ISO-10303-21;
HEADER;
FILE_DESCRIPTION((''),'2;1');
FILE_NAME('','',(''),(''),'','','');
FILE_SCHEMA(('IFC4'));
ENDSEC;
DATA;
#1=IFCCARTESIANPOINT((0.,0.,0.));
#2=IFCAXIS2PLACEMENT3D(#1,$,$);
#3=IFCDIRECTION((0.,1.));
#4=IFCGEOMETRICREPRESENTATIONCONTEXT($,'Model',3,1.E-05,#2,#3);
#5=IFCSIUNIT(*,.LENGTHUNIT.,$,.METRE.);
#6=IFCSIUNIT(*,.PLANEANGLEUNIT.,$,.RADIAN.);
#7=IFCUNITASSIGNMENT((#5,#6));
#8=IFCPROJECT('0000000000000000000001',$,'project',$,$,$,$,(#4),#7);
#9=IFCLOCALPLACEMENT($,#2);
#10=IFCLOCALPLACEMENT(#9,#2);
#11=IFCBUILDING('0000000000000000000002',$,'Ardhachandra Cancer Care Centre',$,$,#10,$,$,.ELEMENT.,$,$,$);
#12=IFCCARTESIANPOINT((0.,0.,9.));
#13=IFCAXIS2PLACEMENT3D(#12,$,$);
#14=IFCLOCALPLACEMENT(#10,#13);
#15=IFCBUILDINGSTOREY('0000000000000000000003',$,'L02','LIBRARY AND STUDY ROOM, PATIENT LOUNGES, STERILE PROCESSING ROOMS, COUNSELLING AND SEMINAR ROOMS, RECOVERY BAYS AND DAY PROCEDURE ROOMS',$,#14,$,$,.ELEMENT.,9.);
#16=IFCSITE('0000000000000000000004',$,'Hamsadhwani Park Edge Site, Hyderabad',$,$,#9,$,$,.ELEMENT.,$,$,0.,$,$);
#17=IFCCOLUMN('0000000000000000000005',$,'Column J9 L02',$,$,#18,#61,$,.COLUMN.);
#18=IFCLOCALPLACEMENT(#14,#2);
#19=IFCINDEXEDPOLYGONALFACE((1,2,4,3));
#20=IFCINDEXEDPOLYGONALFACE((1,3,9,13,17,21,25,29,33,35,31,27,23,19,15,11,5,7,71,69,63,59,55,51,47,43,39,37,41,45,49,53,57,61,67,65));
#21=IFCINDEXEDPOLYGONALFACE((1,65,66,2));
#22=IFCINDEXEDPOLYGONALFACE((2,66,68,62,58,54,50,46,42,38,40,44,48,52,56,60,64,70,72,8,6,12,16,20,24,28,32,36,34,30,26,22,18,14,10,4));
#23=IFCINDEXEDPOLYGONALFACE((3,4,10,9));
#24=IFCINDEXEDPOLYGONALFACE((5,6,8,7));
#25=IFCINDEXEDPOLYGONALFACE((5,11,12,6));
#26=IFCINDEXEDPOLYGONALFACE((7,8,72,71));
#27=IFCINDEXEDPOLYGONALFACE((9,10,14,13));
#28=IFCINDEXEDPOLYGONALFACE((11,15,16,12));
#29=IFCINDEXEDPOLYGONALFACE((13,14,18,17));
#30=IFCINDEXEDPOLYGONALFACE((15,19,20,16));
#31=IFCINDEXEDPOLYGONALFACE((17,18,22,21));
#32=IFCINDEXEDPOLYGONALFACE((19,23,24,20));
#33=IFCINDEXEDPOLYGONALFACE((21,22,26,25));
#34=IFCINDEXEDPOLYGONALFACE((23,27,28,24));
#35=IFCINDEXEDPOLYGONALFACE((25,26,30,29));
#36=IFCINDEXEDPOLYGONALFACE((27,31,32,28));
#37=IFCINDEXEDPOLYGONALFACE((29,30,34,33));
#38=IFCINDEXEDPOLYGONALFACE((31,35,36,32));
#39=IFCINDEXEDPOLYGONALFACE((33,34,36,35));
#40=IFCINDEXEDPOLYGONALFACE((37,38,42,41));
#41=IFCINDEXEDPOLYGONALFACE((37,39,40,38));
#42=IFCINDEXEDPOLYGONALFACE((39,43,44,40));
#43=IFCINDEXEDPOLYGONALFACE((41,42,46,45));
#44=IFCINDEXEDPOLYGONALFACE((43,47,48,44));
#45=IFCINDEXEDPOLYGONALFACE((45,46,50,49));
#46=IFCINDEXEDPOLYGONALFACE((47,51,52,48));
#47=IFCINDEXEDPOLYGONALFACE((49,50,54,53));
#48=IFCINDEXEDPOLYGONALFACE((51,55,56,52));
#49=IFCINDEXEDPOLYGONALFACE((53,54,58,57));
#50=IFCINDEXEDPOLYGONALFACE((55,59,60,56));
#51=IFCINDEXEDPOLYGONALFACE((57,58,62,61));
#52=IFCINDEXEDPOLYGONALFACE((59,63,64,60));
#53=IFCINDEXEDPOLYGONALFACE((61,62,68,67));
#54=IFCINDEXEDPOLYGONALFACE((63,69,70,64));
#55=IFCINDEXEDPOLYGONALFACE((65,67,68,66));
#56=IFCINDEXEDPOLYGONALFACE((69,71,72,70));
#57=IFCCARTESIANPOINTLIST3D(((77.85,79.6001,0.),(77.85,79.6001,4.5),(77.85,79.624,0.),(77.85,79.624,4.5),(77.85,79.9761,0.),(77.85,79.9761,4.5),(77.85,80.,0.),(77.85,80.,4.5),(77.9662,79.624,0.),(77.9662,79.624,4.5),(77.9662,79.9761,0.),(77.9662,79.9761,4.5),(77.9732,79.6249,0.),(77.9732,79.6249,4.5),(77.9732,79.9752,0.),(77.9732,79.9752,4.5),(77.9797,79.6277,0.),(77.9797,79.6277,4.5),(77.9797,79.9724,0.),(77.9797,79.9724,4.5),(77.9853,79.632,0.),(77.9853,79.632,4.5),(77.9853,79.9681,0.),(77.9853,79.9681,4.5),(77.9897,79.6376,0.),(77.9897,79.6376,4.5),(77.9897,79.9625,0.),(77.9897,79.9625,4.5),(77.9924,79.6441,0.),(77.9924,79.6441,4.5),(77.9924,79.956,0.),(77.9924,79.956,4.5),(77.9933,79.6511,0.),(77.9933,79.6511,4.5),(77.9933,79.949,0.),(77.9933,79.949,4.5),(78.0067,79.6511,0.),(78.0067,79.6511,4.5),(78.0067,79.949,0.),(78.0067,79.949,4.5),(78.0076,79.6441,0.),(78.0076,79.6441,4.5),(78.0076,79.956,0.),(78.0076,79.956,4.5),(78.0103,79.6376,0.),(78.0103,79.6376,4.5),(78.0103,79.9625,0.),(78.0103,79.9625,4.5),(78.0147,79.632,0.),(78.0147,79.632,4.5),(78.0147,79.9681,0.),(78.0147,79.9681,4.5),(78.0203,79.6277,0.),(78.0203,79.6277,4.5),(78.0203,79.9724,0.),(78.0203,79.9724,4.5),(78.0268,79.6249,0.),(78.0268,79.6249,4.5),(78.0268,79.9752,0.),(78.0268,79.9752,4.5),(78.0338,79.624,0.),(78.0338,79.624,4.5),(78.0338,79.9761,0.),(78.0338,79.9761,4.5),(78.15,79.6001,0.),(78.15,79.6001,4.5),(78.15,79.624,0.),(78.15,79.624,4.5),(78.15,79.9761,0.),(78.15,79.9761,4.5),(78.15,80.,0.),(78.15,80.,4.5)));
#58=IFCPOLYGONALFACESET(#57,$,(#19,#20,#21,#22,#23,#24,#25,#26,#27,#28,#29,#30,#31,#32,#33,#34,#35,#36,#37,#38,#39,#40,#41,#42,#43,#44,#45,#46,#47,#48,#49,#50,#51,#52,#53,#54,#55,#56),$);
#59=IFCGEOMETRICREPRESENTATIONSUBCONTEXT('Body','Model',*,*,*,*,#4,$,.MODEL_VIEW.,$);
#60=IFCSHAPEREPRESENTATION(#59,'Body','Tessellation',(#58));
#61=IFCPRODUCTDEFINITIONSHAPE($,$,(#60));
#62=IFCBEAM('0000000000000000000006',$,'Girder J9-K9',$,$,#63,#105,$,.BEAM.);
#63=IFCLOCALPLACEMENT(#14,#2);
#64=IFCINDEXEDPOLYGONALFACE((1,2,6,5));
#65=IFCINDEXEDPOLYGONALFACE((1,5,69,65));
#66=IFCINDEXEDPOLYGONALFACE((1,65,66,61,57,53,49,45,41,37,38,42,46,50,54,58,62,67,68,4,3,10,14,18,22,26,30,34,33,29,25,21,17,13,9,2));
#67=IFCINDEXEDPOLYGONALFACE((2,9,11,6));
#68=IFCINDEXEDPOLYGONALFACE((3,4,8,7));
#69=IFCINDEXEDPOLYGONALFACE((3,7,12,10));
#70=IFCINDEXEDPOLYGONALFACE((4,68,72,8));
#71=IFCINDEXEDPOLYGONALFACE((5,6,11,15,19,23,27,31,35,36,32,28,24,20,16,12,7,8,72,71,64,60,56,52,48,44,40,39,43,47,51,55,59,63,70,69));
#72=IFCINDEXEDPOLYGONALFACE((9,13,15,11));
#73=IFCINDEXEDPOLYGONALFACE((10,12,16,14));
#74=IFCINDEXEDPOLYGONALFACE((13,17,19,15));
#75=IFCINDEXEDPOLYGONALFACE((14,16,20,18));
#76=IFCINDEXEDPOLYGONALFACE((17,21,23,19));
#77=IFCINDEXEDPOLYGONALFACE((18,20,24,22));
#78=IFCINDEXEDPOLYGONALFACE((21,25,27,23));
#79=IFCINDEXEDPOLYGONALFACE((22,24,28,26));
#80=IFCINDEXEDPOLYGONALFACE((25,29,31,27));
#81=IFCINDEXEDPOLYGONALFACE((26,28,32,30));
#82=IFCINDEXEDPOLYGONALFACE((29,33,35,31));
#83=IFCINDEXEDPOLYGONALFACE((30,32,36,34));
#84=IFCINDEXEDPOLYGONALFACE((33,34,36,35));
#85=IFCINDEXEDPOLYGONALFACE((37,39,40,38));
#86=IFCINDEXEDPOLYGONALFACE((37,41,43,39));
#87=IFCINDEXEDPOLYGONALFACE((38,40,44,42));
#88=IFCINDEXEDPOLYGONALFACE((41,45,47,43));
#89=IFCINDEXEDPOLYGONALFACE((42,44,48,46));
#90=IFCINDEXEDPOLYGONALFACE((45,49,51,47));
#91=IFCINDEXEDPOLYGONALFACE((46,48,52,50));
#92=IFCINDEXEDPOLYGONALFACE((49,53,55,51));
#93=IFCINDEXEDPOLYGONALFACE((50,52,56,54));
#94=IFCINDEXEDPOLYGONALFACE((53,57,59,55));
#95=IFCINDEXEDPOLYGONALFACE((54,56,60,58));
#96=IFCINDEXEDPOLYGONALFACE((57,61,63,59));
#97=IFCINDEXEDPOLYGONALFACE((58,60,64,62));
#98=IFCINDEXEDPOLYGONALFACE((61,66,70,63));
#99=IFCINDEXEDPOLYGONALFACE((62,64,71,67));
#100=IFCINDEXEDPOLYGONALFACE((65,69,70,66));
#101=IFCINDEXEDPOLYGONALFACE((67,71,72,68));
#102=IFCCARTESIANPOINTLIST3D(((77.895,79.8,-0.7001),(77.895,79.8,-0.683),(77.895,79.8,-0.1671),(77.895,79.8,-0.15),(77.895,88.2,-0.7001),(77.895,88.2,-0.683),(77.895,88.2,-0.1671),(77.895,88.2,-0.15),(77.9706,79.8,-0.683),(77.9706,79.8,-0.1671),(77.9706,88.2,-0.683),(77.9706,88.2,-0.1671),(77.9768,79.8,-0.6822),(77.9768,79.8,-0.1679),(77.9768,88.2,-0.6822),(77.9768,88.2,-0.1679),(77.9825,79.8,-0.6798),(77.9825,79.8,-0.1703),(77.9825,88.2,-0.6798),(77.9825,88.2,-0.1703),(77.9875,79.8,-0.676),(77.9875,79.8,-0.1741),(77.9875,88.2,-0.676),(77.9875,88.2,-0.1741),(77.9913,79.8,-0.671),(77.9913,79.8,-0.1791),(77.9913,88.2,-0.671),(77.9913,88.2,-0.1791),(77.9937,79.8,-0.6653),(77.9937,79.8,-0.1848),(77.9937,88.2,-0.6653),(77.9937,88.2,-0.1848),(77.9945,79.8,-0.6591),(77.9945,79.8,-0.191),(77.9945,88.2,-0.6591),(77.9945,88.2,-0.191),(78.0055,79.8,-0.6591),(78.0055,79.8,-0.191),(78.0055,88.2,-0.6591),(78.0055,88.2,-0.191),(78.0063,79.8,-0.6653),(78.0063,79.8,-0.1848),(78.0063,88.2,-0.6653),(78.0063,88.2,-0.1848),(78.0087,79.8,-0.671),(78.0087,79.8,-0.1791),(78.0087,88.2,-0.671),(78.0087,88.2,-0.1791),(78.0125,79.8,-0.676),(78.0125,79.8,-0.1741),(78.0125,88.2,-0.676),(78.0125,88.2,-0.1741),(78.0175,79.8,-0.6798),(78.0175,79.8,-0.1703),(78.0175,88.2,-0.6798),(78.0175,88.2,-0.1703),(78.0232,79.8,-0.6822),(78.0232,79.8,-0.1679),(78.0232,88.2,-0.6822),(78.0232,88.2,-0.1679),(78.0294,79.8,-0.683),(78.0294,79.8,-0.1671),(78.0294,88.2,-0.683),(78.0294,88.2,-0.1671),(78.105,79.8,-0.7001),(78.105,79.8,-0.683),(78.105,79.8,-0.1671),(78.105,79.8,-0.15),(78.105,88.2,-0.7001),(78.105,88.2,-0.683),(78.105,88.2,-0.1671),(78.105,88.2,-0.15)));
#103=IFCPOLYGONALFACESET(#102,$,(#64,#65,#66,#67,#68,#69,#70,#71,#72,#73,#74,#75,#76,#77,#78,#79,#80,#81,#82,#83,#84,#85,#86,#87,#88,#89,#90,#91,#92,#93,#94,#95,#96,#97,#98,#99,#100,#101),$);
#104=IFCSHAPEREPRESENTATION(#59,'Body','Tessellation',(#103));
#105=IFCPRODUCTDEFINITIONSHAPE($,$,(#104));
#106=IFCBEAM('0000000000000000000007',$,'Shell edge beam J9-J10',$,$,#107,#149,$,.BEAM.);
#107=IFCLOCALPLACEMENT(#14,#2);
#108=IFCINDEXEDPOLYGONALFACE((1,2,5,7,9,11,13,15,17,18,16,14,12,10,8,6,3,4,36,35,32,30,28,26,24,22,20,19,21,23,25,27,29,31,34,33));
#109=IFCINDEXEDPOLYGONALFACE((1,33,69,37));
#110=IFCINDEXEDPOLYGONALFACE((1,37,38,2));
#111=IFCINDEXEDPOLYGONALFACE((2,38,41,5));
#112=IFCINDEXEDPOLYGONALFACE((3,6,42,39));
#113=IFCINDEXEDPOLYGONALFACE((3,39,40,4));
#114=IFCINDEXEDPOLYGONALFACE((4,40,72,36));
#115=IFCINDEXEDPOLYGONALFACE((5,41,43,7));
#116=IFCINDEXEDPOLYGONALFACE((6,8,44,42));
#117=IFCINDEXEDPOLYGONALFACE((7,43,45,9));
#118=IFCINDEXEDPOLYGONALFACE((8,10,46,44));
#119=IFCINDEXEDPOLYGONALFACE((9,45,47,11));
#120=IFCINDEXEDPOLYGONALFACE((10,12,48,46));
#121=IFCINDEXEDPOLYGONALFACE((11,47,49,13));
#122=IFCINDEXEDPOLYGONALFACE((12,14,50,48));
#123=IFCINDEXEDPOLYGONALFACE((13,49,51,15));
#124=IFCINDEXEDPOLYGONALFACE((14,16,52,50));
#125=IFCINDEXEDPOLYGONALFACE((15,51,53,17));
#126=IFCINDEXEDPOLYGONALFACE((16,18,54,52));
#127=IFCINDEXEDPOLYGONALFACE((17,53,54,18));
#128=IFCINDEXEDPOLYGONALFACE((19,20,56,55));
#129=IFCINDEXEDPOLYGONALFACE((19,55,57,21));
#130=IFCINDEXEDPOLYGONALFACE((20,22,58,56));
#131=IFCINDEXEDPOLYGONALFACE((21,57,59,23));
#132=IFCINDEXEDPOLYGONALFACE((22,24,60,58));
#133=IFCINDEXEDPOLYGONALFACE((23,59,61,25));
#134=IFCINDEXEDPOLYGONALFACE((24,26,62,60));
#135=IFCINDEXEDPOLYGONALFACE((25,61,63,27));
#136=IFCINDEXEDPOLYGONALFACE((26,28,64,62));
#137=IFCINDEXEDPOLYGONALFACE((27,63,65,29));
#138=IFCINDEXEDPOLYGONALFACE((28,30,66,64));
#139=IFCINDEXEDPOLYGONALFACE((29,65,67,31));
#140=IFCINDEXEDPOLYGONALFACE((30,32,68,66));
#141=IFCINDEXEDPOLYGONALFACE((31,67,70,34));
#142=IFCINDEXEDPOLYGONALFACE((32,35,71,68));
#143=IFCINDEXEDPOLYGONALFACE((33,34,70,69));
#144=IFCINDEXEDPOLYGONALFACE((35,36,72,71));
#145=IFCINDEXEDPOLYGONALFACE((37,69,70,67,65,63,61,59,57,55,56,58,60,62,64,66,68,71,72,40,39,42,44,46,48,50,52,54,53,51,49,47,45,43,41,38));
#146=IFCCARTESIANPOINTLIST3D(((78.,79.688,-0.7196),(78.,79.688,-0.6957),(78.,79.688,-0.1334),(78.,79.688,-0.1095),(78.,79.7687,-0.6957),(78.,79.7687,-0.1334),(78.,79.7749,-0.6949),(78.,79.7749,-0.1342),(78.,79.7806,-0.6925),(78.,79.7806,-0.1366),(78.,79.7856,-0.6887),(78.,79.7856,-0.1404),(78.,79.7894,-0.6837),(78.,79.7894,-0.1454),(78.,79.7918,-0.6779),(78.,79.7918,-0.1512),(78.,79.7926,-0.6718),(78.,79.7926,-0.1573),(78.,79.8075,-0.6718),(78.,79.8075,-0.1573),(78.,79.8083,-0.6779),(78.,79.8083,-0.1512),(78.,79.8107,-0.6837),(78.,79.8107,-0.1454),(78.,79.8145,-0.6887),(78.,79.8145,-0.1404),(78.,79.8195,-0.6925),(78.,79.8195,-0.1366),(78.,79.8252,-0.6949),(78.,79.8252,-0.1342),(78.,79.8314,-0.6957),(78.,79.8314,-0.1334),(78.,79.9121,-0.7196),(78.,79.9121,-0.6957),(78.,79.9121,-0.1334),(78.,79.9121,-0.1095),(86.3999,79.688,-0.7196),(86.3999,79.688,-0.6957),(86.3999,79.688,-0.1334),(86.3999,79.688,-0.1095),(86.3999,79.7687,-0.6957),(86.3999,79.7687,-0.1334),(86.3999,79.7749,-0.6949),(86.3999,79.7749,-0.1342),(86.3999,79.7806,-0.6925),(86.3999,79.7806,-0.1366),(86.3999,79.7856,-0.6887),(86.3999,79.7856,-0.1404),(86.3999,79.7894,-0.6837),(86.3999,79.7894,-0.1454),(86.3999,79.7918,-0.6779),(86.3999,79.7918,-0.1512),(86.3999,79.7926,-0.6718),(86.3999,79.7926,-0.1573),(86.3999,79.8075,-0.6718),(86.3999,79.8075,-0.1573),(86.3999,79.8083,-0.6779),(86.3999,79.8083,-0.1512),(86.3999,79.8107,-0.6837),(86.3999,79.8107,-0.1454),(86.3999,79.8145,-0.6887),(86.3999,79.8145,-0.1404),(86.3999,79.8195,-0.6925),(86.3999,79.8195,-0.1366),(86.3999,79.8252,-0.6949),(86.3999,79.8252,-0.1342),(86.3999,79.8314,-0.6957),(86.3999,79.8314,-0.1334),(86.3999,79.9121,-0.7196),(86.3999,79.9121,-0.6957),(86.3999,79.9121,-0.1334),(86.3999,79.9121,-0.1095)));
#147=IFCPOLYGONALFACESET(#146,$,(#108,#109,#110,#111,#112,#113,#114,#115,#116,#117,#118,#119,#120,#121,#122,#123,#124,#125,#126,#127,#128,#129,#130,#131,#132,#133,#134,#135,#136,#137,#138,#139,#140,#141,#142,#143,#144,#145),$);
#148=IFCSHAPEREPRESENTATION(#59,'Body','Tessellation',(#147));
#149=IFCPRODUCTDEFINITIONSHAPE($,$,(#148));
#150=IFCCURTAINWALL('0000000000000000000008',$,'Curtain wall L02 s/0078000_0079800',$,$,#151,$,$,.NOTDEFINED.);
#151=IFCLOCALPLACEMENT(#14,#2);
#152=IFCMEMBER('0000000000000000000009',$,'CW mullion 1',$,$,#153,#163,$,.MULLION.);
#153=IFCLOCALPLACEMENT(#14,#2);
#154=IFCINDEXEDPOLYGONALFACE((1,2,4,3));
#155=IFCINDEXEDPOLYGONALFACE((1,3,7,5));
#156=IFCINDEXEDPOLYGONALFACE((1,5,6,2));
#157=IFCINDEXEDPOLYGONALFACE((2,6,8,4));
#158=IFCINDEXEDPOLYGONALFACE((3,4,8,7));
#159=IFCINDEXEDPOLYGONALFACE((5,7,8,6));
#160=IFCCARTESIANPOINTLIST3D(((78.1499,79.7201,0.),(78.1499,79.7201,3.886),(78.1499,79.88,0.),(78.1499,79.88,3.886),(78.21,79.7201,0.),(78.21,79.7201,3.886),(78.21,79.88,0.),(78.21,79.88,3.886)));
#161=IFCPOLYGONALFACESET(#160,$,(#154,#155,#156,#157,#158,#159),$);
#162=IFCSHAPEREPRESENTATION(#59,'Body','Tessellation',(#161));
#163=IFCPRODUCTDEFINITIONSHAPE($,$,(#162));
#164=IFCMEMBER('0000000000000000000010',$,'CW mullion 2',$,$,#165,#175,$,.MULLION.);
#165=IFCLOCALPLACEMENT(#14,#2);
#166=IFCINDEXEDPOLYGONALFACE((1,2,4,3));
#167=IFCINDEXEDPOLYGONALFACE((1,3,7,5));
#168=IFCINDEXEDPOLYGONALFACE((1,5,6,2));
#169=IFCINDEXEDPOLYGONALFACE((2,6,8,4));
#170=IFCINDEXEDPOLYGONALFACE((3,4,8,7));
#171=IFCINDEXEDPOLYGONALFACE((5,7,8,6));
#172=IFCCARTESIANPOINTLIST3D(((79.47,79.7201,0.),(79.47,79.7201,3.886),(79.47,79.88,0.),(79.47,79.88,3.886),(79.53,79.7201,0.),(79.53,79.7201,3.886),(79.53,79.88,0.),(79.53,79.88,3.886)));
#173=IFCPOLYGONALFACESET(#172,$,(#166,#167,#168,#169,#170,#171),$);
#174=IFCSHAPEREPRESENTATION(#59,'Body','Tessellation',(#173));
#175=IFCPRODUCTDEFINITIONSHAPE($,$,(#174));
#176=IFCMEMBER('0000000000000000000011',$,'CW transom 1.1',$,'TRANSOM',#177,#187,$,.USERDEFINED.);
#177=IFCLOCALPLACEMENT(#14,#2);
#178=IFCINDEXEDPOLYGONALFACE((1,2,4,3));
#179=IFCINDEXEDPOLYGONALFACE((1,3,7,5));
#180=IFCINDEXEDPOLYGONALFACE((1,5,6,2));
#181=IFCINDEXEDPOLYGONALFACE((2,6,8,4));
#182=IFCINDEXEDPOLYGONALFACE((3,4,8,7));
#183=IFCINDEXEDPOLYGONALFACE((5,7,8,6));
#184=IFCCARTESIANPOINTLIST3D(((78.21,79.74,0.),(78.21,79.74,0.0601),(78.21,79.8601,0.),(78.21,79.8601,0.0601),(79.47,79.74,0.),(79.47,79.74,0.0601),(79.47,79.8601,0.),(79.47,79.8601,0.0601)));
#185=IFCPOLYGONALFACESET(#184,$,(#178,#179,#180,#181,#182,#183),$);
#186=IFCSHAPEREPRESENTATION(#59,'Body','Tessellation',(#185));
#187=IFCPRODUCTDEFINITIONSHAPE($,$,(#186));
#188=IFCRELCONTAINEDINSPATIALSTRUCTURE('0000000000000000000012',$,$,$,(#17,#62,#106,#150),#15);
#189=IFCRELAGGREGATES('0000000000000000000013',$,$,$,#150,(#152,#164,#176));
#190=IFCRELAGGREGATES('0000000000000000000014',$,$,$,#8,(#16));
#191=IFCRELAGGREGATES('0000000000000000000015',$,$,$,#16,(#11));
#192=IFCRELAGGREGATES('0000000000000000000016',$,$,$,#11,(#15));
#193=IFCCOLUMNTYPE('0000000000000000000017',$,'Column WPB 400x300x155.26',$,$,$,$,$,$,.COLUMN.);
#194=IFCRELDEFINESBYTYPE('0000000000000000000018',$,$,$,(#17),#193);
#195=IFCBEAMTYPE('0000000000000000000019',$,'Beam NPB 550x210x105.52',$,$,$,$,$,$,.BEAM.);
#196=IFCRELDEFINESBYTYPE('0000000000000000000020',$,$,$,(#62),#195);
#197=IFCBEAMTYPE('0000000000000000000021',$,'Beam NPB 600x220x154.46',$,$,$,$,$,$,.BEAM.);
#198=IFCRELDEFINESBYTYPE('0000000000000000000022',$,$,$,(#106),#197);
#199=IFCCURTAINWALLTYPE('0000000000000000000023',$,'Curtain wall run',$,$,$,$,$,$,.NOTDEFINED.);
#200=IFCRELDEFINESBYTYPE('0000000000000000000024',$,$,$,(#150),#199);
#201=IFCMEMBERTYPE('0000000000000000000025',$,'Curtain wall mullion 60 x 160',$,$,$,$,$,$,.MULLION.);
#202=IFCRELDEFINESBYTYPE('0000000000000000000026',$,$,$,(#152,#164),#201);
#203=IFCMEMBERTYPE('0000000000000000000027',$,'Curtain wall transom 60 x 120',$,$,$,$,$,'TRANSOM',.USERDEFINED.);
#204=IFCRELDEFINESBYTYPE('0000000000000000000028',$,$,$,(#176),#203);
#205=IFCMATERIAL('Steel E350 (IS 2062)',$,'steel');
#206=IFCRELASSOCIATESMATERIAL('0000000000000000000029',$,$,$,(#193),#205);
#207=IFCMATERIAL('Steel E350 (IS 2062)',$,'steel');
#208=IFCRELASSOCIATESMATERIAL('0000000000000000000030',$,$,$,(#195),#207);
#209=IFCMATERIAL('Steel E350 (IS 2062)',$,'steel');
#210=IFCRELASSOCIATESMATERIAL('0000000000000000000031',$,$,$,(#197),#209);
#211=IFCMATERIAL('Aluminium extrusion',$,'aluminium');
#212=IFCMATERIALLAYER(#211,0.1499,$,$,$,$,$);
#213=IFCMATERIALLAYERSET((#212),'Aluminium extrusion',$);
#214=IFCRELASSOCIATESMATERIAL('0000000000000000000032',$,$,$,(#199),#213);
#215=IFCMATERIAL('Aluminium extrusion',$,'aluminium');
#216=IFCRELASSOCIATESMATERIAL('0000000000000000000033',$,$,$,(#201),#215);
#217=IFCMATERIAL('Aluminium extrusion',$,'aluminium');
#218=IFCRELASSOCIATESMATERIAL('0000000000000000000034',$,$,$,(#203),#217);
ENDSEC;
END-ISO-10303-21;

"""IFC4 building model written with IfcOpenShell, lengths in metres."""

from ifc_helpers import new_model, si_unit, direction, frame, origin, origin_2d, place, context, subcontext, project, spatial, rectangle, i_section, extrude, material, layer, layer_set, material_profile, profile_set, type_object, element, aggregate, save


model = new_model("IFC4")

# Units and contexts
model_context = context("Model", 3, precision=1e-05, world=origin(), true_north=direction((0.0, 1.0)))
body_context = subcontext(model_context, "Body", "Model", "MODEL_VIEW")
ifc_project = project(units=[si_unit("LENGTHUNIT", "METRE"), si_unit("PLANEANGLEUNIT", "RADIAN")], contexts=[model_context])

# Site, building, storey
site_placement = place(None, origin())
site = spatial("IfcSite", under=ifc_project, at=site_placement, Name="Hamsadhwani Park Edge Site, Hyderabad", CompositionType="ELEMENT", RefElevation=0.0)
building_placement = place(site_placement, origin())
building = spatial("IfcBuilding", under=site, at=building_placement, Name="Ardhachandra Cancer Care Centre", CompositionType="ELEMENT")
storey_placement = place(building_placement, frame((0.0, 0.0, 9.0)))
storey = spatial("IfcBuildingStorey", under=building, at=storey_placement, Name="L02", Description="LIBRARY AND STUDY ROOM, PATIENT LOUNGES, STERILE PROCESSING ROOMS, COUNSELLING AND SEMINAR ROOMS, RECOVERY BAYS AND DAY PROCEDURE ROOMS", CompositionType="ELEMENT", Elevation=9.0)

# Column
ifc_material_1 = material(Name="Steel E350 (IS 2062)", Category="steel")
ifc_material_profile_1 = material_profile(ifc_material_1, i_section(OverallWidth=0.3, OverallDepth=0.3999, WebThickness=0.0134, FlangeThickness=0.0239, FilletRadius=0.0271, at=origin_2d()), Name="WPB 400x300x155.26")
ifc_profile_set_1 = profile_set([ifc_material_profile_1], Name="Steel E350 (IS 2062)")
column_type = type_object("IfcColumnType", Name="Column WPB 400x300x155.26", PredefinedType="COLUMN", material=ifc_profile_set_1)
column_placement = place(storey_placement, frame((78.0, 79.8, 0.0), z_axis=(0.0, 0.0, 1.0), x_axis=(1.0, 0.0, 0.0)))
element("IfcColumn", 1, at=column_placement, inside=storey, type_object=column_type, Name="Column J9 L02", PredefinedType="COLUMN", context=body_context, shape_type="SweptSolid", body=[
    extrude(i_section(OverallWidth=0.3, OverallDepth=0.3999, WebThickness=0.0134, FlangeThickness=0.0239, FilletRadius=0.0271, at=origin_2d()), origin(), (0.0, 0.0, 1.0), 4.5),
])

# Beams
ifc_material_2 = material(Name="Steel E350 (IS 2062)", Category="steel")
ifc_material_profile_2 = material_profile(ifc_material_2, i_section(OverallWidth=0.21, OverallDepth=0.55, WebThickness=0.011, FlangeThickness=0.0171, FilletRadius=0.0239, at=origin_2d()), Name="NPB 550x210x105.52")
ifc_profile_set_2 = profile_set([ifc_material_profile_2], Name="Steel E350 (IS 2062)")
beam_type_1 = type_object("IfcBeamType", Name="Beam NPB 550x210x105.52", PredefinedType="BEAM", material=ifc_profile_set_2)
beam_1_placement = place(storey_placement, frame((78.0, 79.8, -0.425), z_axis=(0.0, 1.0, 0.0), x_axis=(-1.0, 0.0, 0.0)))
element("IfcBeam", 2, at=beam_1_placement, inside=storey, type_object=beam_type_1, Name="Girder J9-K9", PredefinedType="BEAM", context=body_context, shape_type="SweptSolid", body=[
    extrude(i_section(OverallWidth=0.21, OverallDepth=0.55, WebThickness=0.011, FlangeThickness=0.0171, FilletRadius=0.0239, at=origin_2d()), origin(), (0.0, 0.0, 1.0), 8.3999),
])
ifc_material_3 = material(Name="Steel E350 (IS 2062)", Category="steel")
ifc_material_profile_3 = material_profile(ifc_material_3, i_section(OverallWidth=0.2241, OverallDepth=0.6101, WebThickness=0.0149, FlangeThickness=0.0239, FilletRadius=0.0239, at=origin_2d()), Name="NPB 600x220x154.46")
ifc_profile_set_3 = profile_set([ifc_material_profile_3], Name="Steel E350 (IS 2062)")
beam_type_2 = type_object("IfcBeamType", Name="Beam NPB 600x220x154.46", PredefinedType="BEAM", material=ifc_profile_set_3)
beam_2_placement = place(storey_placement, frame((78.0, 79.8, -0.4146), z_axis=(1.0, 0.0, 0.0), x_axis=(0.0, 1.0, 0.0)))
element("IfcBeam", 3, at=beam_2_placement, inside=storey, type_object=beam_type_2, Name="Shell edge beam J9-J10", PredefinedType="BEAM", context=body_context, shape_type="SweptSolid", body=[
    extrude(i_section(OverallWidth=0.2241, OverallDepth=0.6101, WebThickness=0.0149, FlangeThickness=0.0239, FilletRadius=0.0239, at=origin_2d()), origin(), (0.0, 0.0, 1.0), 8.3999),
])

# Curtain wall, members
ifc_material_4 = material(Name="Aluminium extrusion", Category="aluminium")
ifc_layer_1 = layer(ifc_material_4, 0.1499)
ifc_layer_set_1 = layer_set([ifc_layer_1], Name="Aluminium extrusion")
curtain_wall_type = type_object("IfcCurtainWallType", Name="Curtain wall run", PredefinedType="NOTDEFINED", material=ifc_layer_set_1)
curtain_wall_placement = place(storey_placement, origin())
curtain_wall = element("IfcCurtainWall", 4, at=curtain_wall_placement, inside=storey, type_object=curtain_wall_type, Name="Curtain wall L02 s/0078000_0079800", PredefinedType="NOTDEFINED")
ifc_material_5 = material(Name="Aluminium extrusion", Category="aluminium")
ifc_material_profile_4 = material_profile(ifc_material_5, rectangle(XDim=0.1599, YDim=0.0601, at=origin_2d()), Name="Curtain wall mullion 60 x 160")
ifc_profile_set_4 = profile_set([ifc_material_profile_4], Name="Aluminium extrusion")
member_type_1 = type_object("IfcMemberType", Name="Curtain wall mullion 60 x 160", PredefinedType="MULLION", material=ifc_profile_set_4)
member_1_placement = place(storey_placement, frame((78.1799, 79.8, 0.0), z_axis=(0.0, 0.0, 1.0), x_axis=(0.0, 1.0, 0.0)))
member_1 = element("IfcMember", 5, at=member_1_placement, type_object=member_type_1, Name="CW mullion 1", PredefinedType="MULLION", context=body_context, shape_type="SweptSolid", body=[
    extrude(rectangle(XDim=0.1599, YDim=0.0601, at=origin_2d()), origin(), (0.0, 0.0, 1.0), 3.886),
])
member_2_placement = place(storey_placement, frame((79.5, 79.8, 0.0), z_axis=(0.0, 0.0, 1.0), x_axis=(0.0, 1.0, 0.0)))
member_2 = element("IfcMember", 6, at=member_2_placement, type_object=member_type_1, Name="CW mullion 2", PredefinedType="MULLION", context=body_context, shape_type="SweptSolid", body=[
    extrude(rectangle(XDim=0.1599, YDim=0.0601, at=origin_2d()), origin(), (0.0, 0.0, 1.0), 3.886),
])
ifc_material_6 = material(Name="Aluminium extrusion", Category="aluminium")
ifc_material_profile_5 = material_profile(ifc_material_6, rectangle(XDim=0.1201, YDim=0.0601, at=origin_2d()), Name="Curtain wall transom 60 x 120")
ifc_profile_set_5 = profile_set([ifc_material_profile_5], Name="Aluminium extrusion")
member_type_2 = type_object("IfcMemberType", Name="Curtain wall transom 60 x 120", ElementType="TRANSOM", PredefinedType="USERDEFINED", material=ifc_profile_set_5)
member_3_placement = place(storey_placement, frame((78.21, 79.8, 0.03), z_axis=(1.0, 0.0, 0.0), x_axis=(0.0, 1.0, 0.0)))
member_3 = element("IfcMember", 7, at=member_3_placement, type_object=member_type_2, Name="CW transom 1.1", ObjectType="TRANSOM", PredefinedType="USERDEFINED", context=body_context, shape_type="SweptSolid", body=[
    extrude(rectangle(XDim=0.1201, YDim=0.0601, at=origin_2d()), origin(), (0.0, 0.0, 1.0), 1.26),
])

aggregate(curtain_wall, [member_1, member_2, member_3])

save(model, "model.ifc")
